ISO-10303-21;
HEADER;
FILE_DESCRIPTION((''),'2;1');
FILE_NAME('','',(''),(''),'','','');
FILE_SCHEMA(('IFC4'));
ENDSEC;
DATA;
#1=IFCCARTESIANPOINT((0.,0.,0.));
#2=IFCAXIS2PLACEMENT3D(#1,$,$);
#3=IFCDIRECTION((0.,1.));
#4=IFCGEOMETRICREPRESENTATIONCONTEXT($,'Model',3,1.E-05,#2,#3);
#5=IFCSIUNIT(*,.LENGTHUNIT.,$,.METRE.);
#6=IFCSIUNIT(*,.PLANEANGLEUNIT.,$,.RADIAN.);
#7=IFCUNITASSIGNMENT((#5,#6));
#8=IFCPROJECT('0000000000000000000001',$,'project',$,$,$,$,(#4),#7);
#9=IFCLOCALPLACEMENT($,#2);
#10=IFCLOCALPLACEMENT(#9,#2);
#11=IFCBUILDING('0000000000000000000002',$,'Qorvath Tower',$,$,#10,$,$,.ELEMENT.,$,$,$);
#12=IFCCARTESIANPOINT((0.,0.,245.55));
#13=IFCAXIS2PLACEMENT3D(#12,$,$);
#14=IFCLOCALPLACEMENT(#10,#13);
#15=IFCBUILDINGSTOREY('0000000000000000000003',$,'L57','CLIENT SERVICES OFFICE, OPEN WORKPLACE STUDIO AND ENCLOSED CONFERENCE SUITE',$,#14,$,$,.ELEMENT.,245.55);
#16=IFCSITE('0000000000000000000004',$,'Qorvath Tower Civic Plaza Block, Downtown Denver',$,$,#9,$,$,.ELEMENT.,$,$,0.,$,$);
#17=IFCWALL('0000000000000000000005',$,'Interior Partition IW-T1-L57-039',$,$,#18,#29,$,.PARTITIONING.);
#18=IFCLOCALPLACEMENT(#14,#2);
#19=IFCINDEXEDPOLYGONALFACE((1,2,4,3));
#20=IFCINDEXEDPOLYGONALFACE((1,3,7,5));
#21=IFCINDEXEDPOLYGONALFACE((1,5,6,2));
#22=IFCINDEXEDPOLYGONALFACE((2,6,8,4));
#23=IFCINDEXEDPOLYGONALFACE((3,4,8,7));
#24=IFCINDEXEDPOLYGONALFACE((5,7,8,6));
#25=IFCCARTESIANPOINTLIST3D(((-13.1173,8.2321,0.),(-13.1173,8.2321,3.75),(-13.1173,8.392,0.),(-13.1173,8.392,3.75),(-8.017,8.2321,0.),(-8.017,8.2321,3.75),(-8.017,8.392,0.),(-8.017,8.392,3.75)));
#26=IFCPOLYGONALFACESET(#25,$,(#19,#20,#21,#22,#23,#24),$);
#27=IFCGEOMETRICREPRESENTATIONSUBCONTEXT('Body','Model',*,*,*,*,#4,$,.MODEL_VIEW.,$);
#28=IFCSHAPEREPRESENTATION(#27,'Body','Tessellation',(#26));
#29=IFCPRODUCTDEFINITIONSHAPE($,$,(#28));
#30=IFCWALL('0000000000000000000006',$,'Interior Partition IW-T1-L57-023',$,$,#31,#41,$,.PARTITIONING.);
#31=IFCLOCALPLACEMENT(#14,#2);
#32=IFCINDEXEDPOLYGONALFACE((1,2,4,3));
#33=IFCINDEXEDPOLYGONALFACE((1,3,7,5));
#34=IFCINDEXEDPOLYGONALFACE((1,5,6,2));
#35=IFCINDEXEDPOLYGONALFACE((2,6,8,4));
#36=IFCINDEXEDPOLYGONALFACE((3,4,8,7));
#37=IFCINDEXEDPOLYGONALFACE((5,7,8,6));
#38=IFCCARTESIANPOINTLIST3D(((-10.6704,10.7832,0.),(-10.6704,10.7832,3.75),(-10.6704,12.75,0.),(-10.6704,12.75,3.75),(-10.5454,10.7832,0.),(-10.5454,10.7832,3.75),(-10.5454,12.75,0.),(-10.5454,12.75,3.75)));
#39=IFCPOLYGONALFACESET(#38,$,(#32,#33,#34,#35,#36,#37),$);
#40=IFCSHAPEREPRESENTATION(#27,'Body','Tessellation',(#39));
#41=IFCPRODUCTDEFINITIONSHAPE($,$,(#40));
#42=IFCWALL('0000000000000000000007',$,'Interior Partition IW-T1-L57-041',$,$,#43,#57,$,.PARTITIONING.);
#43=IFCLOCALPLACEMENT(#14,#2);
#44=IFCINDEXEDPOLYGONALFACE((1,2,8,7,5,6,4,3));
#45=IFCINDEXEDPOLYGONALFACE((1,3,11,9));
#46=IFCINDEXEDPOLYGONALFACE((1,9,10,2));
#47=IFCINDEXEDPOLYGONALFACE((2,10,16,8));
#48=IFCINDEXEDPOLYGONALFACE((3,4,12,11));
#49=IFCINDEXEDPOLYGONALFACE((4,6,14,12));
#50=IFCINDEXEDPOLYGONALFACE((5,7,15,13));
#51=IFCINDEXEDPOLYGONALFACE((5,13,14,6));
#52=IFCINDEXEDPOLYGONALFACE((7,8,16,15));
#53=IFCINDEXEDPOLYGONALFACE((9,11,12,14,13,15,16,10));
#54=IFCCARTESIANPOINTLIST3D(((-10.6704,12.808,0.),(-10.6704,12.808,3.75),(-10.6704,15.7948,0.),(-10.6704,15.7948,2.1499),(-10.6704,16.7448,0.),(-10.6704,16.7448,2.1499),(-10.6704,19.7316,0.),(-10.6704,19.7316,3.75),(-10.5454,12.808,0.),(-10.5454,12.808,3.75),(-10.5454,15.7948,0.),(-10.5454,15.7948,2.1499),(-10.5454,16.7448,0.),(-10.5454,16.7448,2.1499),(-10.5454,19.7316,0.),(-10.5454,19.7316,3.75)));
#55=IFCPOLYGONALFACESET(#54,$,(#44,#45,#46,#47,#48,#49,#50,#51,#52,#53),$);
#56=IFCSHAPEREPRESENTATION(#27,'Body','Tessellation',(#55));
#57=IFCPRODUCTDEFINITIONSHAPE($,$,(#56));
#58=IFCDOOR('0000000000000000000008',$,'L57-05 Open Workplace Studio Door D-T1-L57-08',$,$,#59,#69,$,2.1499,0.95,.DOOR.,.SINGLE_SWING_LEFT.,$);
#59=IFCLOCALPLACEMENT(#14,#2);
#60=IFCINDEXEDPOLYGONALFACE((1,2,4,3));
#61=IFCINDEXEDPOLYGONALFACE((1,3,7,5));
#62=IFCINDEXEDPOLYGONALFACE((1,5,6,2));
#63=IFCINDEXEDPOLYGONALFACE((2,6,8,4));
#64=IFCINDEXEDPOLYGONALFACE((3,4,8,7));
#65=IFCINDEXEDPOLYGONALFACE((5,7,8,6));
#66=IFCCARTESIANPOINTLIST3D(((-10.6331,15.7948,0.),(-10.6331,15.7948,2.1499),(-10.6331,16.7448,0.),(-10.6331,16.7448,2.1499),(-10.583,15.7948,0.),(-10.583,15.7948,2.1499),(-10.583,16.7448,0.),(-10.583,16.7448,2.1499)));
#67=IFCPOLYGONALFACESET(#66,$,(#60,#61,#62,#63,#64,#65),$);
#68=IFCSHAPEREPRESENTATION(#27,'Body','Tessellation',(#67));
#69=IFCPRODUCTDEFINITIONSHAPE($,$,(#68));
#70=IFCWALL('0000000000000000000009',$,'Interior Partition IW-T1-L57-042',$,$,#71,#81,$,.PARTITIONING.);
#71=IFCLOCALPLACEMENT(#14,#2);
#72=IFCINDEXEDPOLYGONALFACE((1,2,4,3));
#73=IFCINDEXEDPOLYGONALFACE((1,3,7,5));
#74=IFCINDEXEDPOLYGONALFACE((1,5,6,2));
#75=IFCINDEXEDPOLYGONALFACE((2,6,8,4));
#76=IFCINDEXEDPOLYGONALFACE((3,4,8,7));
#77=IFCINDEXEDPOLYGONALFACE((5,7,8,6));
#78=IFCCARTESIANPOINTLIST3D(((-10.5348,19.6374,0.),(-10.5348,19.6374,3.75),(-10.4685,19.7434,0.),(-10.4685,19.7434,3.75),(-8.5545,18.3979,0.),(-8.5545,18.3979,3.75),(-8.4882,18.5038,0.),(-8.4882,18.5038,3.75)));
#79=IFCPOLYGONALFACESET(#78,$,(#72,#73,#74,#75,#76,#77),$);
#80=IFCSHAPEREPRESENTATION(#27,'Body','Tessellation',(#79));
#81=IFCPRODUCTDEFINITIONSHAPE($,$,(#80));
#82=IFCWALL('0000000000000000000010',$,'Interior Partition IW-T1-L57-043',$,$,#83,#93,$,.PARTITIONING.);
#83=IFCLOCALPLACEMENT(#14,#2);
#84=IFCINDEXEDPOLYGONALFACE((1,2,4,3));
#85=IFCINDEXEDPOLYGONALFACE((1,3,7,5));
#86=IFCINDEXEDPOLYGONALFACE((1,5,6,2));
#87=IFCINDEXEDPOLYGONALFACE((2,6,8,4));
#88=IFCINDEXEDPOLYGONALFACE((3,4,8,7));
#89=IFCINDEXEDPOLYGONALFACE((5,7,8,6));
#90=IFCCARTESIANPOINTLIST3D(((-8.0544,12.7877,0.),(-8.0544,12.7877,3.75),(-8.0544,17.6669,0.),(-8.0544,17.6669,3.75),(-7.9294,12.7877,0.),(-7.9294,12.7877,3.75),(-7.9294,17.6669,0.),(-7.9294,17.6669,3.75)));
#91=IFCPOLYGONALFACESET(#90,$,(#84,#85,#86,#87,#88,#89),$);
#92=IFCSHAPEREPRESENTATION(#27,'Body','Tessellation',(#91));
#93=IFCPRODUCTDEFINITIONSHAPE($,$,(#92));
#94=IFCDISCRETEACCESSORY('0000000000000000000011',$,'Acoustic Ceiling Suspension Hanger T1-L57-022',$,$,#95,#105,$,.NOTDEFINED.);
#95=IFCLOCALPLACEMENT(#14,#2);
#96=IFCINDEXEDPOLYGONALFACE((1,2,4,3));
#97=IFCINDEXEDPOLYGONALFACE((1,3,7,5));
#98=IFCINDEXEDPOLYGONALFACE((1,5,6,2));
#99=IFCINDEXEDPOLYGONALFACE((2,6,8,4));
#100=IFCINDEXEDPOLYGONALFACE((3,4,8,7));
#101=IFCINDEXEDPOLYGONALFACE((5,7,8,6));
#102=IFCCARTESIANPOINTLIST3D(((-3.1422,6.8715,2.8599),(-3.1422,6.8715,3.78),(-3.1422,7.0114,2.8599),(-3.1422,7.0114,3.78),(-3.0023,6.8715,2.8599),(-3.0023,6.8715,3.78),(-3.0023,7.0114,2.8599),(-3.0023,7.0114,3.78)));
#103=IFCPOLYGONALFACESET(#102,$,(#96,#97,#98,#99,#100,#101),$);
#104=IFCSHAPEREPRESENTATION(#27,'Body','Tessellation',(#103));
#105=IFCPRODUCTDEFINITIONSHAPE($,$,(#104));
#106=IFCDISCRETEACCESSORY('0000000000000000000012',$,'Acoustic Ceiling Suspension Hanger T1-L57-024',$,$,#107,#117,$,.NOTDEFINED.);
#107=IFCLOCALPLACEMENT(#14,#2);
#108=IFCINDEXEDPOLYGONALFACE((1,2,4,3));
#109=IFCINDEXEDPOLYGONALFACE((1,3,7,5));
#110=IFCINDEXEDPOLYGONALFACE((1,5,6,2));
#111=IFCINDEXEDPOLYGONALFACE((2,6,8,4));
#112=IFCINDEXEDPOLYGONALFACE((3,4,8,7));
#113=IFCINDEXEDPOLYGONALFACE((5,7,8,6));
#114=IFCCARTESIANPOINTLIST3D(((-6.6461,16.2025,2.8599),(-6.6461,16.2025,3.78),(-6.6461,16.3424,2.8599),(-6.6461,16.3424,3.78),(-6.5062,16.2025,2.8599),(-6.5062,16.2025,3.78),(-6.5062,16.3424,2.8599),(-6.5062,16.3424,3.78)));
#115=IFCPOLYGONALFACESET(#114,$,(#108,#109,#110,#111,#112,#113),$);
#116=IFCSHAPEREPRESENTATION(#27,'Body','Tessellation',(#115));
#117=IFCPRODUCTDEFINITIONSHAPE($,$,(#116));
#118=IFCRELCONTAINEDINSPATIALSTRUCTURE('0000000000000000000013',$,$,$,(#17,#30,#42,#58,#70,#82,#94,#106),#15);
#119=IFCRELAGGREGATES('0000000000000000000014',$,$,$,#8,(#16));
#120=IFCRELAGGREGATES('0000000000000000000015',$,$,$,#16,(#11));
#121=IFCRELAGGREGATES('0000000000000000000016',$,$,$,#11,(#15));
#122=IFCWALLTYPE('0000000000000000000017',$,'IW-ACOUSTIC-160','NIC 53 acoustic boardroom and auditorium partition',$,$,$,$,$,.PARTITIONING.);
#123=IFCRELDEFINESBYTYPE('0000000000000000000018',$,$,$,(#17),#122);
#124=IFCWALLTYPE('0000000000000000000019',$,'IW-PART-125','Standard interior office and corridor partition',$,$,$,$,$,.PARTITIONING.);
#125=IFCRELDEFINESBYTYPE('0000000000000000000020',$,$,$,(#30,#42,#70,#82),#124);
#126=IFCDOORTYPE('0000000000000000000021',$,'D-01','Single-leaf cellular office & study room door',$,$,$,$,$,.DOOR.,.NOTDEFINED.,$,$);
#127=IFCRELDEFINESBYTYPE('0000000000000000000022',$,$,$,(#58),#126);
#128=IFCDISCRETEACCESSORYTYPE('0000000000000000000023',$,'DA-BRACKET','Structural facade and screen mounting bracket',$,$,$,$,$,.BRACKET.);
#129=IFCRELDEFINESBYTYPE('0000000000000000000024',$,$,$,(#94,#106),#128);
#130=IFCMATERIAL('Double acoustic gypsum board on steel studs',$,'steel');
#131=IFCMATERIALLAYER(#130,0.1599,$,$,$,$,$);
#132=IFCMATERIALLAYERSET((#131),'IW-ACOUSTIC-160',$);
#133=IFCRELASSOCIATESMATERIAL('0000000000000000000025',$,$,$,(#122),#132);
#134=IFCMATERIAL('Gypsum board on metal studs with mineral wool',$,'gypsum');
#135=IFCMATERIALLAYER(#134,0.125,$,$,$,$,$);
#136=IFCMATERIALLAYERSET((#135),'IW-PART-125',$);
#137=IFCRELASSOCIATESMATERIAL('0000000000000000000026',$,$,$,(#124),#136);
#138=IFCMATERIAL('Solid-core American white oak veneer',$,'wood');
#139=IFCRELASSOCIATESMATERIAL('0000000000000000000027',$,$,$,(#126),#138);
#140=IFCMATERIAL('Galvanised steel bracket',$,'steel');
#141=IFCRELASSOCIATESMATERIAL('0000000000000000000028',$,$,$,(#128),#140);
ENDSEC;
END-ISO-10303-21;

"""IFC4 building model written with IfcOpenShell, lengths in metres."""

from ifc_helpers import new_model, si_unit, direction, frame, frame_2d, origin, origin_2d, place, context, subcontext, project, spatial, rectangle, extrude, material, layer, layer_set, type_object, element, fill, save


model = new_model("IFC4")

# Units and contexts
model_context = context("Model", 3, precision=1e-05, world=origin(), true_north=direction((0.0, 1.0)))
body_context = subcontext(model_context, "Body", "Model", "MODEL_VIEW")
ifc_project = project(units=[si_unit("LENGTHUNIT", "METRE"), si_unit("PLANEANGLEUNIT", "RADIAN")], contexts=[model_context])

# Site, building, storey
site_placement = place(None, origin())
site = spatial("IfcSite", under=ifc_project, at=site_placement, Name="Qorvath Tower Civic Plaza Block, Downtown Denver", CompositionType="ELEMENT", RefElevation=0.0)
building_placement = place(site_placement, origin())
building = spatial("IfcBuilding", under=site, at=building_placement, Name="Qorvath Tower", CompositionType="ELEMENT")
storey_placement = place(building_placement, frame((0.0, 0.0, 245.55)))
storey = spatial("IfcBuildingStorey", under=building, at=storey_placement, Name="L57", Description="CLIENT SERVICES OFFICE, OPEN WORKPLACE STUDIO AND ENCLOSED CONFERENCE SUITE", CompositionType="ELEMENT", Elevation=245.55)

# Shared definitions
ifc_material_1 = material(Name="Double acoustic gypsum board on steel studs", Category="steel")
ifc_layer_1 = layer(ifc_material_1, 0.1599)
ifc_layer_set_1 = layer_set([ifc_layer_1], Name="IW-ACOUSTIC-160")
wall_type_1 = type_object("IfcWallType", Name="IW-ACOUSTIC-160", Description="NIC 53 acoustic boardroom and auditorium partition", PredefinedType="PARTITIONING", material=ifc_layer_set_1)

# Walls
wall_1_placement = place(storey_placement, frame((-8.0168, 8.312, 0.0), z_axis=(0.0, 0.0, 1.0), x_axis=(-1.0, 0.0, 0.0)))
element("IfcWall", 1, at=wall_1_placement, inside=storey, type_object=wall_type_1, Name="Interior Partition IW-T1-L57-039", PredefinedType="PARTITIONING", context=body_context, shape_type="SweptSolid", body=[
    extrude(rectangle(XDim=5.1003, YDim=0.1599, at=frame_2d((2.5503, 0.0))), origin(), (0.0, 0.0, 1.0), 3.75),
])
ifc_material_2 = material(Name="Gypsum board on metal studs with mineral wool", Category="gypsum")
ifc_layer_2 = layer(ifc_material_2, 0.125)
ifc_layer_set_2 = layer_set([ifc_layer_2], Name="IW-PART-125")
wall_type_2 = type_object("IfcWallType", Name="IW-PART-125", Description="Standard interior office and corridor partition", PredefinedType="PARTITIONING", material=ifc_layer_set_2)
wall_2_placement = place(storey_placement, frame((-10.6079, 10.7832, 0.0), z_axis=(0.0, 0.0, 1.0), x_axis=(0.0, 1.0, 0.0)))
element("IfcWall", 2, at=wall_2_placement, inside=storey, type_object=wall_type_2, Name="Interior Partition IW-T1-L57-023", PredefinedType="PARTITIONING", context=body_context, shape_type="SweptSolid", body=[
    extrude(rectangle(XDim=1.9668, YDim=0.125, at=frame_2d((0.9834, 0.0))), origin(), (0.0, 0.0, 1.0), 3.75),
])

# Wall, opening, door
wall_3_placement = place(storey_placement, frame((-10.6079, 19.7317, 0.0), z_axis=(0.0, 0.0, 1.0), x_axis=(0.0, -1.0, 0.0)))
wall_3 = element("IfcWall", 3, at=wall_3_placement, inside=storey, type_object=wall_type_2, Name="Interior Partition IW-T1-L57-041", PredefinedType="PARTITIONING", context=body_context, shape_type="SweptSolid", body=[
    extrude(rectangle(XDim=6.9236, YDim=0.125, at=frame_2d((3.4619, 0.0))), origin(), (0.0, 0.0, 1.0), 3.75),
])
opening_1_placement = place(wall_3_placement, frame((2.9868, 0.0, 0.0)))
opening_1 = element("IfcOpeningElement", 4, at=opening_1_placement, cuts=wall_3, PredefinedType="OPENING", context=body_context, shape_type="SweptSolid", body=[
    extrude(rectangle(XDim=0.95, YDim=2.1499, at=frame_2d((0.4751, 1.075))), frame((0.0, 0.0725, 0.0), z_axis=(0.0, -1.0, 0.0), x_axis=(1.0, 0.0, 0.0)), (0.0, 0.0, 1.0), 0.145),
])
ifc_material_3 = material(Name="Solid-core American white oak veneer", Category="wood")
door_type_1 = type_object("IfcDoorType", Name="D-01", Description="Single-leaf cellular office & study room door", OperationType="NOTDEFINED", PredefinedType="DOOR", material=ifc_material_3)
door_1_placement = place(opening_1_placement, origin())
door_1 = element("IfcDoor", 5, at=door_1_placement, inside=storey, type_object=door_type_1, Name="L57-05 Open Workplace Studio Door D-T1-L57-08", OperationType="SINGLE_SWING_LEFT", OverallHeight=2.1499, OverallWidth=0.95, PredefinedType="DOOR", context=body_context, shape_type="SweptSolid", body=[
    extrude(rectangle(XDim=0.95, YDim=2.1499, at=frame_2d((0.4751, 1.075))), frame((0.0, 0.0249, 0.0), z_axis=(0.0, -1.0, 0.0), x_axis=(1.0, 0.0, 0.0)), (0.0, 0.0, 1.0), 0.05),
])
fill(opening_1, door_1)

# Walls
wall_4_placement = place(storey_placement, frame((-8.5215, 18.4509, 0.0), z_axis=(0.0, 0.0, 1.0), x_axis=(-0.84764, 0.530572, 0.0)))
element("IfcWall", 6, at=wall_4_placement, inside=storey, type_object=wall_type_2, Name="Interior Partition IW-T1-L57-042", PredefinedType="PARTITIONING", context=body_context, shape_type="SweptSolid", body=[
    extrude(rectangle(XDim=2.3362, YDim=0.125, at=frame_2d((1.168, 0.0))), origin(), (0.0, 0.0, 1.0), 3.75),
])
wall_5_placement = place(storey_placement, frame((-7.9919, 12.7878, 0.0), z_axis=(0.0, 0.0, 1.0), x_axis=(0.0, 1.0, 0.0)))
element("IfcWall", 7, at=wall_5_placement, inside=storey, type_object=wall_type_2, Name="Interior Partition IW-T1-L57-043", PredefinedType="PARTITIONING", context=body_context, shape_type="SweptSolid", body=[
    extrude(rectangle(XDim=4.8792, YDim=0.125, at=frame_2d((2.4395, 0.0))), origin(), (0.0, 0.0, 1.0), 3.75),
])

# Discrete accessories
ifc_material_4 = material(Name="Galvanised steel bracket", Category="steel")
discrete_accessory_type = type_object("IfcDiscreteAccessoryType", Name="DA-BRACKET", Description="Structural facade and screen mounting bracket", PredefinedType="BRACKET", material=ifc_material_4)
for number, where, z_axis, x_axis, name in (
    (8, (-3.0723, 6.9414, 2.8599), (0.0, 0.0, 1.0), (1.0, 0.0, 0.0), "Acoustic Ceiling Suspension Hanger T1-L57-022"),
    (9, (-6.5762, 16.2725, 2.8599), (0.0, 0.0, 1.0), (1.0, 0.0, 0.0), "Acoustic Ceiling Suspension Hanger T1-L57-024"),
):
    element("IfcDiscreteAccessory", number, at=place(storey_placement, frame(where, z_axis=z_axis, x_axis=x_axis)), inside=storey, type_object=discrete_accessory_type, Name=name, PredefinedType="NOTDEFINED", context=body_context, shape_type="SweptSolid", body=[
        extrude(rectangle(XDim=0.1399, YDim=0.1399, at=origin_2d()), origin(), (0.0, 0.0, 1.0), 0.9202),
    ])

save(model, "model.ifc")
